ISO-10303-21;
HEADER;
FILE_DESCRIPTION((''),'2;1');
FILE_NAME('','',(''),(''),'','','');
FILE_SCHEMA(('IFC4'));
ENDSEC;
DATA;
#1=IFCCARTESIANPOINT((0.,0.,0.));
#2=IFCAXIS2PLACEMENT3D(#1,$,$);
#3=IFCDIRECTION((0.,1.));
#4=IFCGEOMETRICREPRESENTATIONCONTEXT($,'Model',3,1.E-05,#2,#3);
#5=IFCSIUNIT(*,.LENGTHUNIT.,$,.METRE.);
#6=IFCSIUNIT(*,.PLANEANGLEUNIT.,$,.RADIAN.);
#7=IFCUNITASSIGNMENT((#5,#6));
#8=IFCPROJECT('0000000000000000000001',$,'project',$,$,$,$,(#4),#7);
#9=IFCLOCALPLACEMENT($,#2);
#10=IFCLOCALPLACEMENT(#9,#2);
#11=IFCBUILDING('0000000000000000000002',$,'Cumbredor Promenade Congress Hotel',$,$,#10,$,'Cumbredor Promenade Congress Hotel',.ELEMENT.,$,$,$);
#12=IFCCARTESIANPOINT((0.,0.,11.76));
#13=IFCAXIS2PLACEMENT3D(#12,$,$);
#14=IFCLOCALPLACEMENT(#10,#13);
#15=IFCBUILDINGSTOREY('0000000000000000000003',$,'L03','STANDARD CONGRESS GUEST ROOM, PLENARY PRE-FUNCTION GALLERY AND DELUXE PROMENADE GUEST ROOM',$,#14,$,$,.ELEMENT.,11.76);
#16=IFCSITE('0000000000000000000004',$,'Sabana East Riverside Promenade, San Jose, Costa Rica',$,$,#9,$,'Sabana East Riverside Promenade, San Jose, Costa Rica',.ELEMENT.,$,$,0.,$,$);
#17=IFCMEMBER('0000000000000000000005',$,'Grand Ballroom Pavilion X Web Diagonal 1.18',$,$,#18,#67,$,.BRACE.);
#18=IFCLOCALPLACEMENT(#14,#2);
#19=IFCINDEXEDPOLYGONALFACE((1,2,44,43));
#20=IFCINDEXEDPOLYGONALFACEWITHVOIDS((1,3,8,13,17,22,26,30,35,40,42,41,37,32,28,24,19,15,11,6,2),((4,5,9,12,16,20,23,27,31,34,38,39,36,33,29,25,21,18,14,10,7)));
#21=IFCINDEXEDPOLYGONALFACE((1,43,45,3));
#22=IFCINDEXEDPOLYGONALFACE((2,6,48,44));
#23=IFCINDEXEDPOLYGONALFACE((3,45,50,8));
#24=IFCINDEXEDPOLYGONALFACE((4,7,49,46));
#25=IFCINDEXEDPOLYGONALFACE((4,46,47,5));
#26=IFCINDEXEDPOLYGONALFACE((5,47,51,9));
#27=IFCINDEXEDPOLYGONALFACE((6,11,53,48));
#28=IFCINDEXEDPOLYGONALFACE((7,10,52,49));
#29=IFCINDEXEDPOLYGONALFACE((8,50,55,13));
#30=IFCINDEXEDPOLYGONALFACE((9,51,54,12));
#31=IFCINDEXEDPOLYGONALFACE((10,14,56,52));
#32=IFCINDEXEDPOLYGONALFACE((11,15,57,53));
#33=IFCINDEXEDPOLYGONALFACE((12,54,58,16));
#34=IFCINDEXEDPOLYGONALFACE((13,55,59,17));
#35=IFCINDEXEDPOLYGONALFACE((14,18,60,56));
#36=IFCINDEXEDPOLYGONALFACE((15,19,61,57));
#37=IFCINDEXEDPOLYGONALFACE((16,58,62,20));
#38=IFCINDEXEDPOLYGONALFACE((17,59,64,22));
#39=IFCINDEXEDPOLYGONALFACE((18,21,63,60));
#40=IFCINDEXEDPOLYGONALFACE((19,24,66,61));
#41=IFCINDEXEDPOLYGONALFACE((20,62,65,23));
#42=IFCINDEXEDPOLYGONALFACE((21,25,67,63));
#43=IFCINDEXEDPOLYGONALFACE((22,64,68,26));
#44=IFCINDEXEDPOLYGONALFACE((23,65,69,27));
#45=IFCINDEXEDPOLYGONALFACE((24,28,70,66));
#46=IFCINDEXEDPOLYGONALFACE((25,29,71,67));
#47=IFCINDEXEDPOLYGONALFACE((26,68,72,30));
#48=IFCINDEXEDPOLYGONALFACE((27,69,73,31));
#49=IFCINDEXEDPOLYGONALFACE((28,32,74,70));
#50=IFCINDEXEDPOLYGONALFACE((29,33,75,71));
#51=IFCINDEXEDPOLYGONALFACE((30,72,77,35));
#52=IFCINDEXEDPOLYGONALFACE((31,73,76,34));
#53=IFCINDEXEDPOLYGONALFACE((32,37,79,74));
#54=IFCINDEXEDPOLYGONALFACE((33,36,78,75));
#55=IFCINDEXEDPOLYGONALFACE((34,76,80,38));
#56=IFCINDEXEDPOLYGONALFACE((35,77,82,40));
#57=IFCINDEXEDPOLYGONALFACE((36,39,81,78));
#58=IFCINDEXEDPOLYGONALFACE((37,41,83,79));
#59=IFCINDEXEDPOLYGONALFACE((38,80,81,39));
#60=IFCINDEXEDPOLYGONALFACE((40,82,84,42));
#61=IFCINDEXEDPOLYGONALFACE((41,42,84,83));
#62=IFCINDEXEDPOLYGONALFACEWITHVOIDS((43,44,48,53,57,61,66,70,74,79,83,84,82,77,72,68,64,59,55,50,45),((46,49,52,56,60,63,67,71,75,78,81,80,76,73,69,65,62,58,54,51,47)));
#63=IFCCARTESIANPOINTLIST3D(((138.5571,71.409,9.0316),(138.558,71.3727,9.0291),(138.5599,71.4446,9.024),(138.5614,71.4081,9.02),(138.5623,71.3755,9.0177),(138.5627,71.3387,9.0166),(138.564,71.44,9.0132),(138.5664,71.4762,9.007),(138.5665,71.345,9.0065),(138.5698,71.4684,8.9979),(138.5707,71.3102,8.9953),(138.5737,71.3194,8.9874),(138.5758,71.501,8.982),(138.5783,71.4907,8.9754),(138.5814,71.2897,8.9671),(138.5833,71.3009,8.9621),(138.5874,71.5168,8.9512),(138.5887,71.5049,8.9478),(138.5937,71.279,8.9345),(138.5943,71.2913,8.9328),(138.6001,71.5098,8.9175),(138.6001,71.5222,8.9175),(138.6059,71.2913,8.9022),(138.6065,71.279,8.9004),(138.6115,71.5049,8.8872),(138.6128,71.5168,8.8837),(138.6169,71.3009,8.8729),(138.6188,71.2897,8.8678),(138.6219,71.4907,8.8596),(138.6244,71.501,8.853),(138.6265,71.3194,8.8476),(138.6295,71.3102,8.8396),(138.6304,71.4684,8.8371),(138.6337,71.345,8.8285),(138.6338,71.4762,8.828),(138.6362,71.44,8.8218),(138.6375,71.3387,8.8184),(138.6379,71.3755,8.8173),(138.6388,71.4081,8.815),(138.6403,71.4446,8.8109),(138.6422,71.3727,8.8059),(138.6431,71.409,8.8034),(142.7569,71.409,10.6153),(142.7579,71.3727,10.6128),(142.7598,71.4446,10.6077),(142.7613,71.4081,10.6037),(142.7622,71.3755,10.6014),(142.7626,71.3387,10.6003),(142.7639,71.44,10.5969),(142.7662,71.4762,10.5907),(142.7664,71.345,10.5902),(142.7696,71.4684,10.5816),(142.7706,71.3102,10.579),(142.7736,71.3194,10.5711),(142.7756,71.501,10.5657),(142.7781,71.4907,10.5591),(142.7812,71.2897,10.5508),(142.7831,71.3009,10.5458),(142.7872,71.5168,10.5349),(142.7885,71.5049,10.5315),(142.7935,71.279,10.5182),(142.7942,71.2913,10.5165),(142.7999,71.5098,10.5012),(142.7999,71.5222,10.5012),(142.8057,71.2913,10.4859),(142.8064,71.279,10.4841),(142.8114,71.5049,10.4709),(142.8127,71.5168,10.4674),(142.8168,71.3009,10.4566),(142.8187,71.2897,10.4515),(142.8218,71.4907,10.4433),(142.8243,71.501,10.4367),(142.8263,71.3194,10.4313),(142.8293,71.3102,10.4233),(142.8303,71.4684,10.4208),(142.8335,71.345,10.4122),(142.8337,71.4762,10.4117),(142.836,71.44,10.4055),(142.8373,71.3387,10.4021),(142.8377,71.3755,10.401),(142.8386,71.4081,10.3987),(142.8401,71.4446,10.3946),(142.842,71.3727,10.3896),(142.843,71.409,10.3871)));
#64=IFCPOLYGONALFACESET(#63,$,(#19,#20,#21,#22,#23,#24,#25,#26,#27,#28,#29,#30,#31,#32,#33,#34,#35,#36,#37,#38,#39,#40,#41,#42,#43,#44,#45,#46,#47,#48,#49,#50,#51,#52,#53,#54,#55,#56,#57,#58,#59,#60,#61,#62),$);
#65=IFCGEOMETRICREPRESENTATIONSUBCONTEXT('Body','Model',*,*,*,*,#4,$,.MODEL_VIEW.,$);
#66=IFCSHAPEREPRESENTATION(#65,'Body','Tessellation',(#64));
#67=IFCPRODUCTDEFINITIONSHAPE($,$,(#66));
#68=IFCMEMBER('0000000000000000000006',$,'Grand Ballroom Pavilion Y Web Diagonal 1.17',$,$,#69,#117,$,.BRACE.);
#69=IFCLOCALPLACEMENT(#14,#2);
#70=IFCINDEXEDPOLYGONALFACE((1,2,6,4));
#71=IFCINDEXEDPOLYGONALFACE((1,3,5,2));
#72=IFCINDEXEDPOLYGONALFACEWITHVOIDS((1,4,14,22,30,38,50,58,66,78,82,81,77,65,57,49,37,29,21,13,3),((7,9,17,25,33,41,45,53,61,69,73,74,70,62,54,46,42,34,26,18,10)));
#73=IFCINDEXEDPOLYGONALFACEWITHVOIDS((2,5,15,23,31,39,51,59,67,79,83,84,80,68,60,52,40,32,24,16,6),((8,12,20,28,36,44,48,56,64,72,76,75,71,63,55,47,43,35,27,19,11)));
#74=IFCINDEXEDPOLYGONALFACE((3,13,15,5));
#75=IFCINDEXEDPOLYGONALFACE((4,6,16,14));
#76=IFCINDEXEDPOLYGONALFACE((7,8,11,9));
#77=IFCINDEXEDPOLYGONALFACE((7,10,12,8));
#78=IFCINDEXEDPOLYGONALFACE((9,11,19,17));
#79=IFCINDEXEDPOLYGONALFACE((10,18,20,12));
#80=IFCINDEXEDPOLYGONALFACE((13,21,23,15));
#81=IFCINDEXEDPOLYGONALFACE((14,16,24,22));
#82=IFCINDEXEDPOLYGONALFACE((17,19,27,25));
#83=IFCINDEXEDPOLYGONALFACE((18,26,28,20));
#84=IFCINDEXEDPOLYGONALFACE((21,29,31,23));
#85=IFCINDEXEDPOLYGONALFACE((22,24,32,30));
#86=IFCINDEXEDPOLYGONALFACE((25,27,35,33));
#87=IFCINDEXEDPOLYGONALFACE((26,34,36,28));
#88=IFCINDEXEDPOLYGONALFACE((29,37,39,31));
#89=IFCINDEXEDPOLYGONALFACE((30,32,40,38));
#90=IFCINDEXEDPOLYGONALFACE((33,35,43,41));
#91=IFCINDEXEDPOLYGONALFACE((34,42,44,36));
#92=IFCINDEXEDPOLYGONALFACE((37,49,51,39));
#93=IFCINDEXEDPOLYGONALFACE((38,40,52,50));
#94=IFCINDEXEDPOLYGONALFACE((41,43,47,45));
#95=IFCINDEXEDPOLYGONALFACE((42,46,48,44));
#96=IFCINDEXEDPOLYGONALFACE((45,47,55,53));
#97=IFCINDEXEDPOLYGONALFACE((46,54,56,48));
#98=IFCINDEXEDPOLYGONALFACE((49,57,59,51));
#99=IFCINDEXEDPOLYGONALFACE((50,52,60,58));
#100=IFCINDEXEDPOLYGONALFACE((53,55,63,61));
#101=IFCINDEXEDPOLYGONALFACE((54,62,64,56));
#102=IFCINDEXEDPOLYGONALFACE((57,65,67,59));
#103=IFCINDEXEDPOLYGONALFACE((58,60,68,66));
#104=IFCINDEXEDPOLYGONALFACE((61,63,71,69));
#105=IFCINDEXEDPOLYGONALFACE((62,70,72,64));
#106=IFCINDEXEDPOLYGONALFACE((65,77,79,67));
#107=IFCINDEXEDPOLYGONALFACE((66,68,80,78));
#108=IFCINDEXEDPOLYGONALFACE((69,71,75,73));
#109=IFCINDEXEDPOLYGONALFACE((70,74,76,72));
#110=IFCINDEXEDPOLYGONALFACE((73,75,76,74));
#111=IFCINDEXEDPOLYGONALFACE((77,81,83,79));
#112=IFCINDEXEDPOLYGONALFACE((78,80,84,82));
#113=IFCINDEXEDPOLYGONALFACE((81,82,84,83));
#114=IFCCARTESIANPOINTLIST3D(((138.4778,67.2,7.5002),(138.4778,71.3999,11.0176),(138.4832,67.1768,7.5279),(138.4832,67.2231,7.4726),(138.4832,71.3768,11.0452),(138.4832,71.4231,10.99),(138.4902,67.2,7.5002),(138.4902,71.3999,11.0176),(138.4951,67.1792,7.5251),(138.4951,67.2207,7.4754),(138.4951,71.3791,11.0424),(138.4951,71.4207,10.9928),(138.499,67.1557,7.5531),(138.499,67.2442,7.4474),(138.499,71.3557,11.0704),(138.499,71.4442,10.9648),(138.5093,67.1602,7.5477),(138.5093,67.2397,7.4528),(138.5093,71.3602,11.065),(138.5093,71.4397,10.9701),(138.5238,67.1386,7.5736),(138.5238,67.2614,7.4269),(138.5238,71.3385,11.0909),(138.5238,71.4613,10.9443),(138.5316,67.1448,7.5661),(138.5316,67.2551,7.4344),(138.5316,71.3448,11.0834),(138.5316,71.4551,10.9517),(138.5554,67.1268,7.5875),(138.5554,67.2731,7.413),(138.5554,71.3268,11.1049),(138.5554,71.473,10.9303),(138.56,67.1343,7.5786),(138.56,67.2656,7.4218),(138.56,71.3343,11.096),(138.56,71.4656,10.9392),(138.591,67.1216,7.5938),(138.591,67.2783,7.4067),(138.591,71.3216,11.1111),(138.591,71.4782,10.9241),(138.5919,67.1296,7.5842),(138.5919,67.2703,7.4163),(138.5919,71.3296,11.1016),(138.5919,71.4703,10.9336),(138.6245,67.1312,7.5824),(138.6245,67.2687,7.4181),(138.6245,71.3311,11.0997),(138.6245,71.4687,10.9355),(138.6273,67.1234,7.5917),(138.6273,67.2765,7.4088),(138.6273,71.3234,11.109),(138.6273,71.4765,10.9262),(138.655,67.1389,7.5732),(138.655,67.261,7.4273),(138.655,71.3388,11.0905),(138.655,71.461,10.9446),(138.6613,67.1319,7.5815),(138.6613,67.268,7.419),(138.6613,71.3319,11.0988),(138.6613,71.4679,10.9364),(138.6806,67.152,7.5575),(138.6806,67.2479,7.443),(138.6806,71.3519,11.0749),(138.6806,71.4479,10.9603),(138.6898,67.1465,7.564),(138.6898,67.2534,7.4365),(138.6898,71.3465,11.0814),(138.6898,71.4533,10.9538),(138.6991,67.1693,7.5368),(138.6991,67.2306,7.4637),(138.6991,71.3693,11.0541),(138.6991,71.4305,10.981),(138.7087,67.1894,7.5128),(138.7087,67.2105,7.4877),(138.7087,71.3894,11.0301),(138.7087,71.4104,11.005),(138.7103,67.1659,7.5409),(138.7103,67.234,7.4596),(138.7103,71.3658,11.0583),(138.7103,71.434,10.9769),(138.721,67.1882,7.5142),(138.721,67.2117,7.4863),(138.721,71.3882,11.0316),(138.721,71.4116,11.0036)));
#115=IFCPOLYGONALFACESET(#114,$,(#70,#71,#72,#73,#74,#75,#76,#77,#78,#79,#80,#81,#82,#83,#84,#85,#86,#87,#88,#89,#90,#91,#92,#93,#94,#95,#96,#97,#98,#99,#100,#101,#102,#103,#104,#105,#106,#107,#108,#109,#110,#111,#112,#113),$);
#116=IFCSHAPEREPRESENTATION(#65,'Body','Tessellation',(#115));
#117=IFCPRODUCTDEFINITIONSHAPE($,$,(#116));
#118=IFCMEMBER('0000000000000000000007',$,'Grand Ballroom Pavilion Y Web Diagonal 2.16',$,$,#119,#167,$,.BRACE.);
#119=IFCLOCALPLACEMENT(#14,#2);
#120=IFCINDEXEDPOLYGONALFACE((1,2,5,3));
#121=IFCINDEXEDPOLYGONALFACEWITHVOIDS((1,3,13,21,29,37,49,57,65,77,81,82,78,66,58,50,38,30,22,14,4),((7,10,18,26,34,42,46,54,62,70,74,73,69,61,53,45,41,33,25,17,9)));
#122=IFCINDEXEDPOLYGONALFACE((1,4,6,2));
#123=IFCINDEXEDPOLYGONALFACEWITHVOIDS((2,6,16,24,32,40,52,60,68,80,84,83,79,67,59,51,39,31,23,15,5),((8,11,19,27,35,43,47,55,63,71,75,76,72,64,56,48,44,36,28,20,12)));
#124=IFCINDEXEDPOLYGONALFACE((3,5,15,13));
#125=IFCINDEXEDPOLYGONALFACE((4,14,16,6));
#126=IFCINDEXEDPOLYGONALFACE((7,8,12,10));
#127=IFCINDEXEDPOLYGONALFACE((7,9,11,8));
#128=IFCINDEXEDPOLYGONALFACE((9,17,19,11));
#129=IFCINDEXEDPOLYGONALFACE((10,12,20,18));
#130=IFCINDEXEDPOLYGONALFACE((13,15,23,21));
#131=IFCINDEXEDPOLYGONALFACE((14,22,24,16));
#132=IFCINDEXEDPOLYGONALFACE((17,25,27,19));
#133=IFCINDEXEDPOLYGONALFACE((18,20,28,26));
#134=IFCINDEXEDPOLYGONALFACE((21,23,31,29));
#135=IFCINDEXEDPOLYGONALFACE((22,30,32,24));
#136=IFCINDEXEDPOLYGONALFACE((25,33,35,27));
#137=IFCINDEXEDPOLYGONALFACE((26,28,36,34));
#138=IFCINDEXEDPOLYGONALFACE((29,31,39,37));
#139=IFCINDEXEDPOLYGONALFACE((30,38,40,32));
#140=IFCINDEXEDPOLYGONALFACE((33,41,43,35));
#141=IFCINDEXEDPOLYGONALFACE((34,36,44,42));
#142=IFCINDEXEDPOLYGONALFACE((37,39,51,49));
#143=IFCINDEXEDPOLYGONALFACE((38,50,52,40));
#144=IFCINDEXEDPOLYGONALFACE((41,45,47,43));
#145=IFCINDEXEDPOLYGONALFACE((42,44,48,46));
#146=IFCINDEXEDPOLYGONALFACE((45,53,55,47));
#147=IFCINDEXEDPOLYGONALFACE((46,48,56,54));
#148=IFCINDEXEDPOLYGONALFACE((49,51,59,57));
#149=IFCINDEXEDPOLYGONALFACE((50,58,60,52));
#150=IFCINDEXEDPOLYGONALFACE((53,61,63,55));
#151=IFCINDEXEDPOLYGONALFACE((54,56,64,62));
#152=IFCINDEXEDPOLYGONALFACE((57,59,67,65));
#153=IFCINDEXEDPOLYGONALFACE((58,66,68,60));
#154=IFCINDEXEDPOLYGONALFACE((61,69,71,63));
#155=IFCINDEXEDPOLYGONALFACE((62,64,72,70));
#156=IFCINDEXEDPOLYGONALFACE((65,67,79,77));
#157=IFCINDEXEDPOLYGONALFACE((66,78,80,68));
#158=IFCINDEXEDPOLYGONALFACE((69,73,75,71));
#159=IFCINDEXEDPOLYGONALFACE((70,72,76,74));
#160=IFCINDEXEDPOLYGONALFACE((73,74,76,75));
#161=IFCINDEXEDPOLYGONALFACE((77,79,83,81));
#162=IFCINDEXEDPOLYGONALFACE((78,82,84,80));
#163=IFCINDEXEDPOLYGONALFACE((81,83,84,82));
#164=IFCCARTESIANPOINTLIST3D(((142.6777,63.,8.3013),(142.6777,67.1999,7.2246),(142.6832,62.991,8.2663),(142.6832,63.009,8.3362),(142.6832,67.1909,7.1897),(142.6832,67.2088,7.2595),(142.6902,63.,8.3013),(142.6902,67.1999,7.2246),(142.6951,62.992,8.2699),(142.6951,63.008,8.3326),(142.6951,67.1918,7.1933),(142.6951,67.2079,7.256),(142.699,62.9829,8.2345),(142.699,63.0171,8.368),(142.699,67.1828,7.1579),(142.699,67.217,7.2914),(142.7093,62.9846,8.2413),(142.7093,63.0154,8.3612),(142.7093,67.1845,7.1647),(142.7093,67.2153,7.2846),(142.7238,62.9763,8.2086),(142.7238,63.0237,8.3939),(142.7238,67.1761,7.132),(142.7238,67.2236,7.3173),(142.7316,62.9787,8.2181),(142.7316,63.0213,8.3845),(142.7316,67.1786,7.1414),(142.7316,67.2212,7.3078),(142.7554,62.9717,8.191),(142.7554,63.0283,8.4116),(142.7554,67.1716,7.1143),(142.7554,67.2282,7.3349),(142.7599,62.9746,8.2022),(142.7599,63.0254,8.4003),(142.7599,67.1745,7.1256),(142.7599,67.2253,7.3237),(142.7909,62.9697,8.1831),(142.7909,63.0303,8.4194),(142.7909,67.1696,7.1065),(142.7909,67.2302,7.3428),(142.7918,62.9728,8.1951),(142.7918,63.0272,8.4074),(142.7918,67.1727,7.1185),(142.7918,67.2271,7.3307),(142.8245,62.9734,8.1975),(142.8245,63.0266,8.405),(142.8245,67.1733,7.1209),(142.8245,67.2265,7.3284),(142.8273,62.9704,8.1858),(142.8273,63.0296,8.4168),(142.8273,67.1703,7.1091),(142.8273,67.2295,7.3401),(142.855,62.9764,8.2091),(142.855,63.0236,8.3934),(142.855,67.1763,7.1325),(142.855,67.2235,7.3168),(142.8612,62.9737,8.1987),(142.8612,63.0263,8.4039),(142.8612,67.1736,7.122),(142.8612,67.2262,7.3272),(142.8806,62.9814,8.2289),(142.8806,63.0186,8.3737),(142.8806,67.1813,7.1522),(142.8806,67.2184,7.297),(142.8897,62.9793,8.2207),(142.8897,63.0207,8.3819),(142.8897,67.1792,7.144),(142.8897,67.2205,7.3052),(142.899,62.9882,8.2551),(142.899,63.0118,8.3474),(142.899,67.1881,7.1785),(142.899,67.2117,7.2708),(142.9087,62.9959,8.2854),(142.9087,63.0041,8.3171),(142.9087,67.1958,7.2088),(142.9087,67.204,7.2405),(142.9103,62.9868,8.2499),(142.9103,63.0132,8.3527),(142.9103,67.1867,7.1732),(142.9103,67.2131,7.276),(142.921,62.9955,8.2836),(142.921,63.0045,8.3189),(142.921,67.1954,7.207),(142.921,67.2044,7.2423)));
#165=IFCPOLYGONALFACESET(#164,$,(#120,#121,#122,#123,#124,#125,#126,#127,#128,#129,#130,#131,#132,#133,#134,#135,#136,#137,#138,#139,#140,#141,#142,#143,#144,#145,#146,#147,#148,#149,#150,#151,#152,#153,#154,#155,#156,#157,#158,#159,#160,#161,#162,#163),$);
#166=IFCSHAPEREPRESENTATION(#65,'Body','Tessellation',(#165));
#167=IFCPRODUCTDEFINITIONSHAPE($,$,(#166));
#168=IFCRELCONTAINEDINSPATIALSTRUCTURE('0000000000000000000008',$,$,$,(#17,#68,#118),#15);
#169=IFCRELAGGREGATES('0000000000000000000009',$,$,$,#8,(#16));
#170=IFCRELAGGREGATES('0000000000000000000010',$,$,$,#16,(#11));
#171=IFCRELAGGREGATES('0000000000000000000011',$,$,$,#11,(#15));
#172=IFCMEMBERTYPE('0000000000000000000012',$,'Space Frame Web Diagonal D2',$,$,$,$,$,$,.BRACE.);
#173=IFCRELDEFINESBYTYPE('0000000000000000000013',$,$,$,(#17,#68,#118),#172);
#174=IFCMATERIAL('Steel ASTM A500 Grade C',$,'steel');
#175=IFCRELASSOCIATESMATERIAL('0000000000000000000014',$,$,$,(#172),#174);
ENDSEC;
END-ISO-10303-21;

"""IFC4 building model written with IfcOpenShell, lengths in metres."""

from ifc_helpers import new_model, si_unit, direction, frame, origin, origin_2d, place, context, subcontext, project, spatial, hollow_circle, extrude, material, material_profile, profile_set, type_object, element, save


model = new_model("IFC4")

# Units and contexts
model_context = context("Model", 3, precision=1e-05, world=origin(), true_north=direction((0.0, 1.0)))
body_context = subcontext(model_context, "Body", "Model", "MODEL_VIEW")
ifc_project = project(units=[si_unit("LENGTHUNIT", "METRE"), si_unit("PLANEANGLEUNIT", "RADIAN")], contexts=[model_context])

# Site, building, storey
site_placement = place(None, origin())
site = spatial("IfcSite", under=ifc_project, at=site_placement, Name="Sabana East Riverside Promenade, San Jose, Costa Rica", LongName="Sabana East Riverside Promenade, San Jose, Costa Rica", CompositionType="ELEMENT", RefElevation=0.0)
building_placement = place(site_placement, origin())
building = spatial("IfcBuilding", under=site, at=building_placement, Name="Cumbredor Promenade Congress Hotel", LongName="Cumbredor Promenade Congress Hotel", CompositionType="ELEMENT")
storey_placement = place(building_placement, frame((0.0, 0.0, 11.76)))
storey = spatial("IfcBuildingStorey", under=building, at=storey_placement, Name="L03", Description="STANDARD CONGRESS GUEST ROOM, PLENARY PRE-FUNCTION GALLERY AND DELUXE PROMENADE GUEST ROOM", CompositionType="ELEMENT", Elevation=11.76)

# Members
ifc_material_1 = material(Name="Steel ASTM A500 Grade C", Category="steel")
ifc_material_profile_1 = material_profile(ifc_material_1, hollow_circle(Radius=0.1223, WallThickness=0.0125, at=origin_2d()), Name="CHS 244.5x12.5")
ifc_profile_set_1 = profile_set([ifc_material_profile_1], Name="Steel ASTM A500 Grade C")
member_type_1 = type_object("IfcMemberType", Name="Space Frame Web Diagonal D2", PredefinedType="BRACE", material=ifc_profile_set_1)
member_1_placement = place(storey_placement, frame((138.6001, 71.3999, 8.9175), z_axis=(0.935686, 0.0, 0.352834), x_axis=(0.0, 1.0, 0.0)))
element("IfcMember", 1, at=member_1_placement, inside=storey, type_object=member_type_1, Name="Grand Ballroom Pavilion X Web Diagonal 1.18", PredefinedType="BRACE", context=body_context, shape_type="SweptSolid", body=[
    extrude(hollow_circle(Radius=0.1223, WallThickness=0.0125, at=origin_2d()), origin(), (0.0, 0.0, 1.0), 4.4885),
])
member_2_placement = place(storey_placement, frame((138.6001, 67.2, 7.5002), z_axis=(0.0, 0.766659, 0.642054), x_axis=(-1.0, 0.0, 0.0)))
element("IfcMember", 2, at=member_2_placement, inside=storey, type_object=member_type_1, Name="Grand Ballroom Pavilion Y Web Diagonal 1.17", PredefinedType="BRACE", context=body_context, shape_type="SweptSolid", body=[
    extrude(hollow_circle(Radius=0.1223, WallThickness=0.0125, at=origin_2d()), origin(), (0.0, 0.0, 1.0), 5.4783),
])
member_3_placement = place(storey_placement, frame((142.8, 63.0, 8.3013), z_axis=(0.0, 0.968678, -0.248321), x_axis=(-1.0, 0.0, 0.0)))
element("IfcMember", 3, at=member_3_placement, inside=storey, type_object=member_type_1, Name="Grand Ballroom Pavilion Y Web Diagonal 2.16", PredefinedType="BRACE", context=body_context, shape_type="SweptSolid", body=[
    extrude(hollow_circle(Radius=0.1223, WallThickness=0.0125, at=origin_2d()), origin(), (0.0, 0.0, 1.0), 4.3357),
])

save(model, "model.ifc")
